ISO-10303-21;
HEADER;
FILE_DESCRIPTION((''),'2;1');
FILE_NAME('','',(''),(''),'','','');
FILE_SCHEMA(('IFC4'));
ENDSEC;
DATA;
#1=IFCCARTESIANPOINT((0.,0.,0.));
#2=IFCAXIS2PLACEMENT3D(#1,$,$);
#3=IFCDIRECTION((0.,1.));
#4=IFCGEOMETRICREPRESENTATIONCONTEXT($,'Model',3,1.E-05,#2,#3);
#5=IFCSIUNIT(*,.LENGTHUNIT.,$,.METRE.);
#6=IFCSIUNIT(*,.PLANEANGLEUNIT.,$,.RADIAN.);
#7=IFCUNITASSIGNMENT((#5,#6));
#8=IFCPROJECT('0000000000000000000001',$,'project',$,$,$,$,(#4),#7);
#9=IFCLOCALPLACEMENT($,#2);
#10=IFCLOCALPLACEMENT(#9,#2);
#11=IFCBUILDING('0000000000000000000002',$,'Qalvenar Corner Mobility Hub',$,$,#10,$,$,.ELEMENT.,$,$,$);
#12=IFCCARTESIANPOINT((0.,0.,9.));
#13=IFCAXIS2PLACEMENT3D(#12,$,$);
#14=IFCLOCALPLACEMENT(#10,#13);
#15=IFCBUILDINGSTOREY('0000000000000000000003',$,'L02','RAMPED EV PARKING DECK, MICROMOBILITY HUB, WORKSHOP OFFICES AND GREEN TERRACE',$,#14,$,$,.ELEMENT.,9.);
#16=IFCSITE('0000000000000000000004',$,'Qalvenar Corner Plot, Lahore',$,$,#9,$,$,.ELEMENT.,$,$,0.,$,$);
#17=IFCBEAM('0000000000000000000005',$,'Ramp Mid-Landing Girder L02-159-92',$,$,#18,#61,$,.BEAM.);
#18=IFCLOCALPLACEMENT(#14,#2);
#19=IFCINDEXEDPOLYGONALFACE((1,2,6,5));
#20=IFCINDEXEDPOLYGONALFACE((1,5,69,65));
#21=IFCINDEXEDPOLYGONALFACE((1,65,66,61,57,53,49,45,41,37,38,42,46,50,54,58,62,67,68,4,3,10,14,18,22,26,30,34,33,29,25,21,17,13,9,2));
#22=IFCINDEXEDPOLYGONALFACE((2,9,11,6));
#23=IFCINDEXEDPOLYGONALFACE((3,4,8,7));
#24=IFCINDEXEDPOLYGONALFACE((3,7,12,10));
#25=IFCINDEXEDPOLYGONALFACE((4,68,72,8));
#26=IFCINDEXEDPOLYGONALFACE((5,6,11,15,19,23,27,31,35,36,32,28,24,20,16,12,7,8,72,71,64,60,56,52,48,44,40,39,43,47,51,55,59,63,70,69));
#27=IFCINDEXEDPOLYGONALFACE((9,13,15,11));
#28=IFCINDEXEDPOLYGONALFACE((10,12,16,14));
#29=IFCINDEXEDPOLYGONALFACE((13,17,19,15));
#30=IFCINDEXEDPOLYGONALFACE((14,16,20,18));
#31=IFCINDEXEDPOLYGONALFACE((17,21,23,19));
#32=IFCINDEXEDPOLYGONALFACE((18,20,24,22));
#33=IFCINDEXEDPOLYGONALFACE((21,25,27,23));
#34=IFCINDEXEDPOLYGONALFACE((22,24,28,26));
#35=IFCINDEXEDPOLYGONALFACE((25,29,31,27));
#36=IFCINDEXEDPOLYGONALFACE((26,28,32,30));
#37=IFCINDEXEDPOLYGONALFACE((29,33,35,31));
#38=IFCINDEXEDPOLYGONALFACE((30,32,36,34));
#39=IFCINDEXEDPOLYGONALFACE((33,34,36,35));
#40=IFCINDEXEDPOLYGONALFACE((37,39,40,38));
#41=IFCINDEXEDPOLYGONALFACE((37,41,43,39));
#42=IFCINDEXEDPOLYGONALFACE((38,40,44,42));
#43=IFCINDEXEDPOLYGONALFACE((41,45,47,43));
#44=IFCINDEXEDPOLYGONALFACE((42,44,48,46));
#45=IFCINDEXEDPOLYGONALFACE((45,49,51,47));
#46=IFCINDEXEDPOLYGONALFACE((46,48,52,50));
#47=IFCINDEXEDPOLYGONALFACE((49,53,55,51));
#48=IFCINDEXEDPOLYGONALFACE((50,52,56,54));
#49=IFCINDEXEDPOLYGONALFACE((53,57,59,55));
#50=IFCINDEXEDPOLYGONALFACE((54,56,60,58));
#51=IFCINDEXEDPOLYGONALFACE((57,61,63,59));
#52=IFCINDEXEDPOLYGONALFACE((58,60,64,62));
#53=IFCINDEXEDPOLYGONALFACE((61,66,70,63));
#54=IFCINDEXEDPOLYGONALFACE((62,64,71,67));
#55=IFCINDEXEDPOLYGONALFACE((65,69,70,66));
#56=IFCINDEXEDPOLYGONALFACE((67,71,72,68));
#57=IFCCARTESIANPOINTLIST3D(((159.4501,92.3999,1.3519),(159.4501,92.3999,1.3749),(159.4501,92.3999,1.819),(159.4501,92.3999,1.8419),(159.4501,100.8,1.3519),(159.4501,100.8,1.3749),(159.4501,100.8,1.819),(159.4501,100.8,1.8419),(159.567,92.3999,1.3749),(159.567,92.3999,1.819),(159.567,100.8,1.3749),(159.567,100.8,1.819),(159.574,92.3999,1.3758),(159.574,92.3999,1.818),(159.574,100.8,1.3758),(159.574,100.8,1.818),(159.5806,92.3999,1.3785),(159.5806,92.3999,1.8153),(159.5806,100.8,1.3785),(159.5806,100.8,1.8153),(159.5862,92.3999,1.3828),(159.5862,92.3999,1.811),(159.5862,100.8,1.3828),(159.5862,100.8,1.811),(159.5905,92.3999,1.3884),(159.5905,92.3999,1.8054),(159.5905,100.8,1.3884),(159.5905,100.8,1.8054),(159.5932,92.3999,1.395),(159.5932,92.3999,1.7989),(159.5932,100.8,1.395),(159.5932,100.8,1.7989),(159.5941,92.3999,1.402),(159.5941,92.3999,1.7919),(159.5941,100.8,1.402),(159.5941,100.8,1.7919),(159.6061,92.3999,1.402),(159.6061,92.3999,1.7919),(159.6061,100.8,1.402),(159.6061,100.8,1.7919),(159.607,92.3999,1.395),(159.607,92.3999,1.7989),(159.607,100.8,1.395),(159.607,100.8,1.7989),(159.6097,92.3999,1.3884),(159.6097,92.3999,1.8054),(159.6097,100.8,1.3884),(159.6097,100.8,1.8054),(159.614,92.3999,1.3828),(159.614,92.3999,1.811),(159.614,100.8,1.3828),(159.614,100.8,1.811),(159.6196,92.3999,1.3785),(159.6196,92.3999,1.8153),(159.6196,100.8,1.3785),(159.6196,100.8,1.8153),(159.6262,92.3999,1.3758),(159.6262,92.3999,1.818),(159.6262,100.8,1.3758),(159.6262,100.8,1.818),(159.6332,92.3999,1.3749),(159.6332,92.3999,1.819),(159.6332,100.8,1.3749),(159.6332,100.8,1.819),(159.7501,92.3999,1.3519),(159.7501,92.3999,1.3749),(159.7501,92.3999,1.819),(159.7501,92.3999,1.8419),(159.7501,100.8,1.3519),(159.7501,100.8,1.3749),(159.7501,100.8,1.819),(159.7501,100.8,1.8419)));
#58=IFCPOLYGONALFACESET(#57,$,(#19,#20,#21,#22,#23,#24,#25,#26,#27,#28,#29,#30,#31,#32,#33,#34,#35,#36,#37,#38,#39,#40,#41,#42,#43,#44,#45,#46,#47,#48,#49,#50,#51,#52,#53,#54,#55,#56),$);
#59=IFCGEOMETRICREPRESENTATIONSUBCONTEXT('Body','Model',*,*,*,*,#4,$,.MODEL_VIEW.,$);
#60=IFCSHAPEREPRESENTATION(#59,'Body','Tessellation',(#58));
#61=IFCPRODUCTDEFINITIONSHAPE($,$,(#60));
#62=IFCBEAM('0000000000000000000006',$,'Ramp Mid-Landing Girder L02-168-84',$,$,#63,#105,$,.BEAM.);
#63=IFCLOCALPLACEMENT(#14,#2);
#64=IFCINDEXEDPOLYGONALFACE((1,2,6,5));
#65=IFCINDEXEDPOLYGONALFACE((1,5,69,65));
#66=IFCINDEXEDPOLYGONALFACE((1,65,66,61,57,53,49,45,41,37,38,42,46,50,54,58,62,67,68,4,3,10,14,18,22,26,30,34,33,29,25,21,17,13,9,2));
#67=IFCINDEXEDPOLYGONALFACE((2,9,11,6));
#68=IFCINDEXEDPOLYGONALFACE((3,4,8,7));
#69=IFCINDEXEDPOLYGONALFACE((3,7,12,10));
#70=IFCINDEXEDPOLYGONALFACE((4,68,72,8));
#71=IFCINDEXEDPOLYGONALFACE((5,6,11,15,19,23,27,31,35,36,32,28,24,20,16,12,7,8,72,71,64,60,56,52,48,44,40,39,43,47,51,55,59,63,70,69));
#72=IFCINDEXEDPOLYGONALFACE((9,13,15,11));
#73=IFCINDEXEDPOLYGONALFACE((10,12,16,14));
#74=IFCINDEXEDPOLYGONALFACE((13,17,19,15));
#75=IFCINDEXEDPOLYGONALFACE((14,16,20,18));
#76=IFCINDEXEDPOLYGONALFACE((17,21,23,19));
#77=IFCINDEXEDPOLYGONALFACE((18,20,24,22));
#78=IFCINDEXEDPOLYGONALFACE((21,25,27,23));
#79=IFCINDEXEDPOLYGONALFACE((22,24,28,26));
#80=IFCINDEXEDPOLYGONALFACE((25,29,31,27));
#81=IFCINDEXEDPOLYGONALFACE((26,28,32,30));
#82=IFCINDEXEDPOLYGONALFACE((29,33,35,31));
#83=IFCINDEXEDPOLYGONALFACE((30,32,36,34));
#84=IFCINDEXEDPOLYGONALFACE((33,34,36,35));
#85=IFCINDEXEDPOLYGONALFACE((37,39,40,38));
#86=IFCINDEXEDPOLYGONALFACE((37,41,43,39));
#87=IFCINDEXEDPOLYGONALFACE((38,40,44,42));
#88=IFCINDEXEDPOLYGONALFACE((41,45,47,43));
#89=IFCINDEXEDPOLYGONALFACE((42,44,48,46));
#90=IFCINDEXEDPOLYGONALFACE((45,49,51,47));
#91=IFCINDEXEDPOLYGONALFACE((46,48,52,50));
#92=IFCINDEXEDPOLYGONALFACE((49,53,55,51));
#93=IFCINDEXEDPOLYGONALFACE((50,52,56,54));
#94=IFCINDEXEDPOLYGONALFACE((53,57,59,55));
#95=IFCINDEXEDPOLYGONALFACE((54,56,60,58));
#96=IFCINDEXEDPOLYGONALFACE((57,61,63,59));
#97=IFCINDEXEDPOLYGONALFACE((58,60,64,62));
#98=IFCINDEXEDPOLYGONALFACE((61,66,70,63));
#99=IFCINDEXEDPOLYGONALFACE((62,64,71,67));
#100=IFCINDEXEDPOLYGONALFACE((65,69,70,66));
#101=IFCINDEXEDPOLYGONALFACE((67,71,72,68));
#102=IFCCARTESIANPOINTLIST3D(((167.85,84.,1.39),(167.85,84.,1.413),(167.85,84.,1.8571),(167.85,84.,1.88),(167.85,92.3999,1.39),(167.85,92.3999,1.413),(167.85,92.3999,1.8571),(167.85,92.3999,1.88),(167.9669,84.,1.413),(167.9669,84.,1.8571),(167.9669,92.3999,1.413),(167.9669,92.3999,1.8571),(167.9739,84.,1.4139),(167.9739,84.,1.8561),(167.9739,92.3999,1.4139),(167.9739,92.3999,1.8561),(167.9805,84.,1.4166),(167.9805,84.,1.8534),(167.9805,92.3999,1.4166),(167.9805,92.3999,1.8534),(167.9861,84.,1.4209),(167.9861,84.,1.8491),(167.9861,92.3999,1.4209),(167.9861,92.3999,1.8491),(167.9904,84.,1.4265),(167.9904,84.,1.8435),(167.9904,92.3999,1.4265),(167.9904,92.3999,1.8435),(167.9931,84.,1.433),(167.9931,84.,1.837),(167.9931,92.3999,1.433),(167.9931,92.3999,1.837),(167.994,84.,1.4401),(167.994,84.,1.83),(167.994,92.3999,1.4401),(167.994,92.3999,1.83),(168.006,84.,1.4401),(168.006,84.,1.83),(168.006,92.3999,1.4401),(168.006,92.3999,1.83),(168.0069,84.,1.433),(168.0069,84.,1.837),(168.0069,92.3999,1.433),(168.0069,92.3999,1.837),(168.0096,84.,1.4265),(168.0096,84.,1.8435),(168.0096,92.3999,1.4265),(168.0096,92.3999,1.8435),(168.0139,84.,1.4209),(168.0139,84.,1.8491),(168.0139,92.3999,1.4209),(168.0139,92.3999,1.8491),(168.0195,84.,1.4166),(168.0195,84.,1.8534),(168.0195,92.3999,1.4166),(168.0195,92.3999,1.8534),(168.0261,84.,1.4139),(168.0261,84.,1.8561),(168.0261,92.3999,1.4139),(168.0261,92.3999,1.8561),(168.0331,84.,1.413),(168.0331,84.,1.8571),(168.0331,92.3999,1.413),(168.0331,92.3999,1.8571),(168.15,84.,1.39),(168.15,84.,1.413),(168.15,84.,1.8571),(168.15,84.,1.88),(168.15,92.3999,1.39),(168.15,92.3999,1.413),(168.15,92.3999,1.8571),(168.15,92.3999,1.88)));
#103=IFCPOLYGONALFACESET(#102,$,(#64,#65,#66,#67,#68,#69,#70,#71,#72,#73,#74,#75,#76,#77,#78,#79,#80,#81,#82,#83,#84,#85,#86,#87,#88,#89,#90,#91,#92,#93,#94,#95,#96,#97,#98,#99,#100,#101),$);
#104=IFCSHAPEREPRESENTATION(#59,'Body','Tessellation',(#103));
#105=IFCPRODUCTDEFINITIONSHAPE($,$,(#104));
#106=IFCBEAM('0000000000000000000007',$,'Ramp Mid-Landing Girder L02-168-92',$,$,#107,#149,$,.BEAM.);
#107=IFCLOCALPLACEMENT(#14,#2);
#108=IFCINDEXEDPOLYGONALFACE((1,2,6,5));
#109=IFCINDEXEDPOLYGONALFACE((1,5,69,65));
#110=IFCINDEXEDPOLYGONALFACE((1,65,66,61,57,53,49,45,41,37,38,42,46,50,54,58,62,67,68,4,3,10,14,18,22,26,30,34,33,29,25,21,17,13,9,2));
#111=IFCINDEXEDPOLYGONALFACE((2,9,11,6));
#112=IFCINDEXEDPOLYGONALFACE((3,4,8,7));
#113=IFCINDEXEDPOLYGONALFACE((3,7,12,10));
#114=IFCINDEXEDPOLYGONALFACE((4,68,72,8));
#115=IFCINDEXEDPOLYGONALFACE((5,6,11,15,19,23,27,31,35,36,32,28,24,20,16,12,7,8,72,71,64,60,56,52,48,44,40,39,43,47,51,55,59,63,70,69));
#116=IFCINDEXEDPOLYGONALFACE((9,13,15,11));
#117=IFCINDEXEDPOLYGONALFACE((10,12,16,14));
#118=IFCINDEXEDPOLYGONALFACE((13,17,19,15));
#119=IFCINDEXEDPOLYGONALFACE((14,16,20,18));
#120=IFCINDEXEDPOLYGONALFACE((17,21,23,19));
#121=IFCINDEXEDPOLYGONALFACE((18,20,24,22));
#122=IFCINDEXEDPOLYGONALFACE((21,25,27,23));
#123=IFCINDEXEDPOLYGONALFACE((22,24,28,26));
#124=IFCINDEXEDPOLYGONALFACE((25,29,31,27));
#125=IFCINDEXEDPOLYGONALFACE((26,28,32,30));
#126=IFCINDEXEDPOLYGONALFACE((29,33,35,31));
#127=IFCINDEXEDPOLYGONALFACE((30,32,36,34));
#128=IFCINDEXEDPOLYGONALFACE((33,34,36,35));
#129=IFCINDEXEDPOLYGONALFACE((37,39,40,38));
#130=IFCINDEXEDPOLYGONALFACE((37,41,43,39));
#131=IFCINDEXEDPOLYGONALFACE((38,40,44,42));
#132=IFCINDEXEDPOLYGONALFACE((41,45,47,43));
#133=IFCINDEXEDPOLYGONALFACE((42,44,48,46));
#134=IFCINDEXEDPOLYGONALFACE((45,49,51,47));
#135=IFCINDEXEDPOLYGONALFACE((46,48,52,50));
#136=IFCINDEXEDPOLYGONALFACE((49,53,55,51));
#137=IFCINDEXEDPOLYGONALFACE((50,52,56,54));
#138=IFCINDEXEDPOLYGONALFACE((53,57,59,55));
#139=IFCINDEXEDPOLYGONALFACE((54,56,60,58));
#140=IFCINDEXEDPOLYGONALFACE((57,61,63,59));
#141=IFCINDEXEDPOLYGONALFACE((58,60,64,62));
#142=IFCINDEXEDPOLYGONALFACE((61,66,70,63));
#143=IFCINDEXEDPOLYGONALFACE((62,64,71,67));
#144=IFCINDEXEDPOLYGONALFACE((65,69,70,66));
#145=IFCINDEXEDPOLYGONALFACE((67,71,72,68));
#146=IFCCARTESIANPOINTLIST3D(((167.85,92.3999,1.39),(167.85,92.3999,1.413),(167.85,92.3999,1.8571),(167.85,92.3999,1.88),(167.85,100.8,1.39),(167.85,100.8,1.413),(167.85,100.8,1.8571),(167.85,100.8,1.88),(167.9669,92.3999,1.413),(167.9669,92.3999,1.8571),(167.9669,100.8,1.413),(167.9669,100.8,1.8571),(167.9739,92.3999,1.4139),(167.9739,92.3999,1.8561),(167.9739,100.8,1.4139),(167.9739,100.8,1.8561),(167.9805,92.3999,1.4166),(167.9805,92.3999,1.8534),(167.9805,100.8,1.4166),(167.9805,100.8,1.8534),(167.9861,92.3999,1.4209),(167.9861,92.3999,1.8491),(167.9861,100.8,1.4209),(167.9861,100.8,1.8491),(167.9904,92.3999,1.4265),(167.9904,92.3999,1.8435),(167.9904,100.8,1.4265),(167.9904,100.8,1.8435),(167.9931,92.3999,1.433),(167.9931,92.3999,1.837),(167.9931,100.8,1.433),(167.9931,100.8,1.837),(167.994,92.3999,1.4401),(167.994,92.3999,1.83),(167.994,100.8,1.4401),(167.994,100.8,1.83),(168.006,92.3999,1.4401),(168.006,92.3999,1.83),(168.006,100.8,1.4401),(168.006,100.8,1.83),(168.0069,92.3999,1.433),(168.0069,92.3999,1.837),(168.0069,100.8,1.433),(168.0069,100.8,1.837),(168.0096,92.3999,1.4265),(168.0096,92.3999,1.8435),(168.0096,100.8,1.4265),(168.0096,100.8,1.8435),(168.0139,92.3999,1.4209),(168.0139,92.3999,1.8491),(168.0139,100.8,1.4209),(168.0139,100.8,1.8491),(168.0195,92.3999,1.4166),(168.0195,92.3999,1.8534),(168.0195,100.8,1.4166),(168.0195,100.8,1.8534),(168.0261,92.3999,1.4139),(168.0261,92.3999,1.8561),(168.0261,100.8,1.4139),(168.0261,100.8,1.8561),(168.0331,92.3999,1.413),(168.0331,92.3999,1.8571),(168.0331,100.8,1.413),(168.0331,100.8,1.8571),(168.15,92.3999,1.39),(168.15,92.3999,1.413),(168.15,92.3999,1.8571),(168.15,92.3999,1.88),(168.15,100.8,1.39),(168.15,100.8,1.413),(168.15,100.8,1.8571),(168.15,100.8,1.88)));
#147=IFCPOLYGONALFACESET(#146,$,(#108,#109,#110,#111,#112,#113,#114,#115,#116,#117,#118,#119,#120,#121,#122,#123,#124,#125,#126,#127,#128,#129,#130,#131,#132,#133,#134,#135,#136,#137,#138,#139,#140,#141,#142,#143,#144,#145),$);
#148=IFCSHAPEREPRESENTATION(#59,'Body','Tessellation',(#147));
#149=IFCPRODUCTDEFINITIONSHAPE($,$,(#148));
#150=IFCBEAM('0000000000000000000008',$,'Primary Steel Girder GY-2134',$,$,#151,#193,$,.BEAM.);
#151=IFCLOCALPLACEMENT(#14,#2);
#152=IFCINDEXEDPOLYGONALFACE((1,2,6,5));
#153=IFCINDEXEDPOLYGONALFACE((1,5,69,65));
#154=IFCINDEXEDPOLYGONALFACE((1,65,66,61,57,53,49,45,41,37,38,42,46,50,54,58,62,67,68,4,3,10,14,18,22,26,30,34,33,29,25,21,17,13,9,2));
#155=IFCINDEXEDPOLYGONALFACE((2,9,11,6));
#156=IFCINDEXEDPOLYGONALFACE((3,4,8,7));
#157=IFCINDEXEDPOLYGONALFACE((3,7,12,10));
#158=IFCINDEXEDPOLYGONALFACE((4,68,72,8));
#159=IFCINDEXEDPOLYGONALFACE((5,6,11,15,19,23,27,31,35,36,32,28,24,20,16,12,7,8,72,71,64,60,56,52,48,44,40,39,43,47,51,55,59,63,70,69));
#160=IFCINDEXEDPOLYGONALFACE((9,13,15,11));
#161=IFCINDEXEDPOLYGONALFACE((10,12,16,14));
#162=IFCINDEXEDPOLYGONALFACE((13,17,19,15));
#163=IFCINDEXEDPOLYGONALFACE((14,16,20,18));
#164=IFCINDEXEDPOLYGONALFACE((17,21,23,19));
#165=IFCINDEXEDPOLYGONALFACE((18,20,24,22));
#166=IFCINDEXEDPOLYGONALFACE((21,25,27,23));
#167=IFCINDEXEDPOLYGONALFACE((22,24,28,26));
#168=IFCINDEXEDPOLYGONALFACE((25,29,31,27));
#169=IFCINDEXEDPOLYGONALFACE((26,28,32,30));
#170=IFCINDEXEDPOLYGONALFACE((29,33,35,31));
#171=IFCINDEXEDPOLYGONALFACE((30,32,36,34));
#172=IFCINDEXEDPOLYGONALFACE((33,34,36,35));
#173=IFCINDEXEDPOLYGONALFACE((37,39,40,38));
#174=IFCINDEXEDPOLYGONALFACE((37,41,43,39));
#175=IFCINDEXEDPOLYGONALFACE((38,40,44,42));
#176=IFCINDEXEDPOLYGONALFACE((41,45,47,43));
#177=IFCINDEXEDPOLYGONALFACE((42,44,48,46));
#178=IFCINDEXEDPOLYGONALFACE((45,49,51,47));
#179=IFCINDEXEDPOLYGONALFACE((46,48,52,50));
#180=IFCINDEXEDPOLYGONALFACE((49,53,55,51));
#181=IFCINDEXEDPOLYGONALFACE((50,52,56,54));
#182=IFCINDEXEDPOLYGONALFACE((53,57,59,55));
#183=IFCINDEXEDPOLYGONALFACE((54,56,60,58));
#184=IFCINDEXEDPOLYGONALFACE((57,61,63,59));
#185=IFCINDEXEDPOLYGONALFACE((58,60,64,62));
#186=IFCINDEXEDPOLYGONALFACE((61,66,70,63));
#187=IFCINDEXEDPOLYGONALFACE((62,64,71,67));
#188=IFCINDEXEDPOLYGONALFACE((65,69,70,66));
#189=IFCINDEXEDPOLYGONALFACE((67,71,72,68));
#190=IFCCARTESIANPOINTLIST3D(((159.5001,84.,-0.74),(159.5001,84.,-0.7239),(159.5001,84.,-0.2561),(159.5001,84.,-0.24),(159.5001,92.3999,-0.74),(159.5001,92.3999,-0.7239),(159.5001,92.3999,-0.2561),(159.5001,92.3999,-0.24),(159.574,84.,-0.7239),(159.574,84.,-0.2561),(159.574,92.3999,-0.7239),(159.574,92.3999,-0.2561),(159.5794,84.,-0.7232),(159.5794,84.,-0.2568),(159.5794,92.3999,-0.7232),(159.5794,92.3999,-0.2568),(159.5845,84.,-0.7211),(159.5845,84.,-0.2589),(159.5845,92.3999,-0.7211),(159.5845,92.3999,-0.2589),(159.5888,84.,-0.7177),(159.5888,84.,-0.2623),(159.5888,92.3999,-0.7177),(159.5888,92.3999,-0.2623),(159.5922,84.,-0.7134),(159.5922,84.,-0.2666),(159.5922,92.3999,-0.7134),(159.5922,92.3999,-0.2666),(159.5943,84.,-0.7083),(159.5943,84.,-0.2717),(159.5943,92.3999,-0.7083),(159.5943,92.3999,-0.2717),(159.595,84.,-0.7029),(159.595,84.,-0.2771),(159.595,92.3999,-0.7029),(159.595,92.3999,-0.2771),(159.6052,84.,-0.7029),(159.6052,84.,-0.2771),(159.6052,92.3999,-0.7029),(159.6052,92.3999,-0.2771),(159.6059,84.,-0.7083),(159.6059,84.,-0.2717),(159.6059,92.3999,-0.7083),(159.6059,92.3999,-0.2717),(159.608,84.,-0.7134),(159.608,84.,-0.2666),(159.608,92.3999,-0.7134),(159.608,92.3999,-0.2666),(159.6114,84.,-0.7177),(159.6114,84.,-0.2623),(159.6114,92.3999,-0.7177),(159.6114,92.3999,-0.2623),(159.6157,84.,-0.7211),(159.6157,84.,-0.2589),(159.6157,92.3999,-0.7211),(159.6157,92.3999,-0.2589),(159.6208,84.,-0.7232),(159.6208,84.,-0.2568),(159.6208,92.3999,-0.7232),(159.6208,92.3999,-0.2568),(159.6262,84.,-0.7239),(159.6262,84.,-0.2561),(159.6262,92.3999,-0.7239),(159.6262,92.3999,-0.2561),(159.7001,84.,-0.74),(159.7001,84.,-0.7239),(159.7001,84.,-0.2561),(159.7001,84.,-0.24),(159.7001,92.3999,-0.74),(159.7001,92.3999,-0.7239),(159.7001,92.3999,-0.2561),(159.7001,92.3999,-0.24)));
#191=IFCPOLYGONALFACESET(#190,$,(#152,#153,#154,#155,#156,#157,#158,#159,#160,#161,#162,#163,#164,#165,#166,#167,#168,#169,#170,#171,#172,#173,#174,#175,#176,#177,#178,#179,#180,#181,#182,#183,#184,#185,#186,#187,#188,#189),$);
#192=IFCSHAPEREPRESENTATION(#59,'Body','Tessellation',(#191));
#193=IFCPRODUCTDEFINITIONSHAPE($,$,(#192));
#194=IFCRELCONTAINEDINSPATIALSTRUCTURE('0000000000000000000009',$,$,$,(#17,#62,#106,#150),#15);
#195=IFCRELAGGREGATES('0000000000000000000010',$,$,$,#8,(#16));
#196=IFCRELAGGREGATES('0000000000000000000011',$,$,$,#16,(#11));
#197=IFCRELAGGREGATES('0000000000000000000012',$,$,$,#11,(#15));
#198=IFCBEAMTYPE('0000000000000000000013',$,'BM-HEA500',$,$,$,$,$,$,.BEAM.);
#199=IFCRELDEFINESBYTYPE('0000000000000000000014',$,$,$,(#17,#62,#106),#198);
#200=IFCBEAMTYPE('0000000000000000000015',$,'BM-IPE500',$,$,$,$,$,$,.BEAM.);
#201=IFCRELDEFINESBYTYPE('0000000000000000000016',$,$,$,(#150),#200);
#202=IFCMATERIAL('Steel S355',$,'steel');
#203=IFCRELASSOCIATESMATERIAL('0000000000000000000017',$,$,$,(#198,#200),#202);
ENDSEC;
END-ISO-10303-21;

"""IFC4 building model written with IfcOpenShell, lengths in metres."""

from ifc_helpers import new_model, si_unit, direction, frame, origin, origin_2d, place, context, subcontext, project, spatial, i_section, extrude, material, material_profile, profile_set, type_object, element, save


model = new_model("IFC4")

# Units and contexts
model_context = context("Model", 3, precision=1e-05, world=origin(), true_north=direction((0.0, 1.0)))
body_context = subcontext(model_context, "Body", "Model", "MODEL_VIEW")
ifc_project = project(units=[si_unit("LENGTHUNIT", "METRE"), si_unit("PLANEANGLEUNIT", "RADIAN")], contexts=[model_context])

# Site, building, storey
site_placement = place(None, origin())
site = spatial("IfcSite", under=ifc_project, at=site_placement, Name="Qalvenar Corner Plot, Lahore", CompositionType="ELEMENT", RefElevation=0.0)
building_placement = place(site_placement, origin())
building = spatial("IfcBuilding", under=site, at=building_placement, Name="Qalvenar Corner Mobility Hub", CompositionType="ELEMENT")
storey_placement = place(building_placement, frame((0.0, 0.0, 9.0)))
storey = spatial("IfcBuildingStorey", under=building, at=storey_placement, Name="L02", Description="RAMPED EV PARKING DECK, MICROMOBILITY HUB, WORKSHOP OFFICES AND GREEN TERRACE", CompositionType="ELEMENT", Elevation=9.0)

# Shared definitions
ifc_material_1 = material(Name="Steel S355", Category="steel")

# Beams
ifc_material_profile_1 = material_profile(ifc_material_1, i_section(OverallWidth=0.3, OverallDepth=0.49, WebThickness=0.012, FlangeThickness=0.0229, FilletRadius=0.0271, at=origin_2d()), Name="HEA500")
ifc_profile_set_1 = profile_set([ifc_material_profile_1], Name="Steel S355")
beam_type_1 = type_object("IfcBeamType", Name="BM-HEA500", PredefinedType="BEAM", material=ifc_profile_set_1)
beam_1_placement = place(storey_placement, frame((159.6001, 92.3999, 1.5969), z_axis=(0.0, 1.0, 0.0), x_axis=(-1.0, 0.0, 0.0)))
element("IfcBeam", 1, at=beam_1_placement, inside=storey, type_object=beam_type_1, Name="Ramp Mid-Landing Girder L02-159-92", PredefinedType="BEAM", context=body_context, shape_type="SweptSolid", body=[
    extrude(i_section(OverallWidth=0.3, OverallDepth=0.49, WebThickness=0.012, FlangeThickness=0.0229, FilletRadius=0.0271, at=origin_2d()), origin(), (0.0, 0.0, 1.0), 8.4001),
])
beam_2_placement = place(storey_placement, frame((168.0, 84.0, 1.635), z_axis=(0.0, 1.0, 0.0), x_axis=(-1.0, 0.0, 0.0)))
element("IfcBeam", 2, at=beam_2_placement, inside=storey, type_object=beam_type_1, Name="Ramp Mid-Landing Girder L02-168-84", PredefinedType="BEAM", context=body_context, shape_type="SweptSolid", body=[
    extrude(i_section(OverallWidth=0.3, OverallDepth=0.49, WebThickness=0.012, FlangeThickness=0.0229, FilletRadius=0.0271, at=origin_2d()), origin(), (0.0, 0.0, 1.0), 8.3999),
])
beam_3_placement = place(storey_placement, frame((168.0, 92.3999, 1.635), z_axis=(0.0, 1.0, 0.0), x_axis=(-1.0, 0.0, 0.0)))
element("IfcBeam", 3, at=beam_3_placement, inside=storey, type_object=beam_type_1, Name="Ramp Mid-Landing Girder L02-168-92", PredefinedType="BEAM", context=body_context, shape_type="SweptSolid", body=[
    extrude(i_section(OverallWidth=0.3, OverallDepth=0.49, WebThickness=0.012, FlangeThickness=0.0229, FilletRadius=0.0271, at=origin_2d()), origin(), (0.0, 0.0, 1.0), 8.4001),
])
ifc_material_profile_2 = material_profile(ifc_material_1, i_section(OverallWidth=0.2, OverallDepth=0.5, WebThickness=0.0103, FlangeThickness=0.0161, FilletRadius=0.021, at=origin_2d()), Name="IPE500")
ifc_profile_set_2 = profile_set([ifc_material_profile_2], Name="Steel S355")
beam_type_2 = type_object("IfcBeamType", Name="BM-IPE500", PredefinedType="BEAM", material=ifc_profile_set_2)
beam_4_placement = place(storey_placement, frame((159.6001, 84.0, -0.49), z_axis=(0.0, 1.0, 0.0), x_axis=(-1.0, 0.0, 0.0)))
element("IfcBeam", 4, at=beam_4_placement, inside=storey, type_object=beam_type_2, Name="Primary Steel Girder GY-2134", PredefinedType="BEAM", context=body_context, shape_type="SweptSolid", body=[
    extrude(i_section(OverallWidth=0.2, OverallDepth=0.5, WebThickness=0.0103, FlangeThickness=0.0161, FilletRadius=0.021, at=origin_2d()), origin(), (0.0, 0.0, 1.0), 8.3999),
])

save(model, "model.ifc")
